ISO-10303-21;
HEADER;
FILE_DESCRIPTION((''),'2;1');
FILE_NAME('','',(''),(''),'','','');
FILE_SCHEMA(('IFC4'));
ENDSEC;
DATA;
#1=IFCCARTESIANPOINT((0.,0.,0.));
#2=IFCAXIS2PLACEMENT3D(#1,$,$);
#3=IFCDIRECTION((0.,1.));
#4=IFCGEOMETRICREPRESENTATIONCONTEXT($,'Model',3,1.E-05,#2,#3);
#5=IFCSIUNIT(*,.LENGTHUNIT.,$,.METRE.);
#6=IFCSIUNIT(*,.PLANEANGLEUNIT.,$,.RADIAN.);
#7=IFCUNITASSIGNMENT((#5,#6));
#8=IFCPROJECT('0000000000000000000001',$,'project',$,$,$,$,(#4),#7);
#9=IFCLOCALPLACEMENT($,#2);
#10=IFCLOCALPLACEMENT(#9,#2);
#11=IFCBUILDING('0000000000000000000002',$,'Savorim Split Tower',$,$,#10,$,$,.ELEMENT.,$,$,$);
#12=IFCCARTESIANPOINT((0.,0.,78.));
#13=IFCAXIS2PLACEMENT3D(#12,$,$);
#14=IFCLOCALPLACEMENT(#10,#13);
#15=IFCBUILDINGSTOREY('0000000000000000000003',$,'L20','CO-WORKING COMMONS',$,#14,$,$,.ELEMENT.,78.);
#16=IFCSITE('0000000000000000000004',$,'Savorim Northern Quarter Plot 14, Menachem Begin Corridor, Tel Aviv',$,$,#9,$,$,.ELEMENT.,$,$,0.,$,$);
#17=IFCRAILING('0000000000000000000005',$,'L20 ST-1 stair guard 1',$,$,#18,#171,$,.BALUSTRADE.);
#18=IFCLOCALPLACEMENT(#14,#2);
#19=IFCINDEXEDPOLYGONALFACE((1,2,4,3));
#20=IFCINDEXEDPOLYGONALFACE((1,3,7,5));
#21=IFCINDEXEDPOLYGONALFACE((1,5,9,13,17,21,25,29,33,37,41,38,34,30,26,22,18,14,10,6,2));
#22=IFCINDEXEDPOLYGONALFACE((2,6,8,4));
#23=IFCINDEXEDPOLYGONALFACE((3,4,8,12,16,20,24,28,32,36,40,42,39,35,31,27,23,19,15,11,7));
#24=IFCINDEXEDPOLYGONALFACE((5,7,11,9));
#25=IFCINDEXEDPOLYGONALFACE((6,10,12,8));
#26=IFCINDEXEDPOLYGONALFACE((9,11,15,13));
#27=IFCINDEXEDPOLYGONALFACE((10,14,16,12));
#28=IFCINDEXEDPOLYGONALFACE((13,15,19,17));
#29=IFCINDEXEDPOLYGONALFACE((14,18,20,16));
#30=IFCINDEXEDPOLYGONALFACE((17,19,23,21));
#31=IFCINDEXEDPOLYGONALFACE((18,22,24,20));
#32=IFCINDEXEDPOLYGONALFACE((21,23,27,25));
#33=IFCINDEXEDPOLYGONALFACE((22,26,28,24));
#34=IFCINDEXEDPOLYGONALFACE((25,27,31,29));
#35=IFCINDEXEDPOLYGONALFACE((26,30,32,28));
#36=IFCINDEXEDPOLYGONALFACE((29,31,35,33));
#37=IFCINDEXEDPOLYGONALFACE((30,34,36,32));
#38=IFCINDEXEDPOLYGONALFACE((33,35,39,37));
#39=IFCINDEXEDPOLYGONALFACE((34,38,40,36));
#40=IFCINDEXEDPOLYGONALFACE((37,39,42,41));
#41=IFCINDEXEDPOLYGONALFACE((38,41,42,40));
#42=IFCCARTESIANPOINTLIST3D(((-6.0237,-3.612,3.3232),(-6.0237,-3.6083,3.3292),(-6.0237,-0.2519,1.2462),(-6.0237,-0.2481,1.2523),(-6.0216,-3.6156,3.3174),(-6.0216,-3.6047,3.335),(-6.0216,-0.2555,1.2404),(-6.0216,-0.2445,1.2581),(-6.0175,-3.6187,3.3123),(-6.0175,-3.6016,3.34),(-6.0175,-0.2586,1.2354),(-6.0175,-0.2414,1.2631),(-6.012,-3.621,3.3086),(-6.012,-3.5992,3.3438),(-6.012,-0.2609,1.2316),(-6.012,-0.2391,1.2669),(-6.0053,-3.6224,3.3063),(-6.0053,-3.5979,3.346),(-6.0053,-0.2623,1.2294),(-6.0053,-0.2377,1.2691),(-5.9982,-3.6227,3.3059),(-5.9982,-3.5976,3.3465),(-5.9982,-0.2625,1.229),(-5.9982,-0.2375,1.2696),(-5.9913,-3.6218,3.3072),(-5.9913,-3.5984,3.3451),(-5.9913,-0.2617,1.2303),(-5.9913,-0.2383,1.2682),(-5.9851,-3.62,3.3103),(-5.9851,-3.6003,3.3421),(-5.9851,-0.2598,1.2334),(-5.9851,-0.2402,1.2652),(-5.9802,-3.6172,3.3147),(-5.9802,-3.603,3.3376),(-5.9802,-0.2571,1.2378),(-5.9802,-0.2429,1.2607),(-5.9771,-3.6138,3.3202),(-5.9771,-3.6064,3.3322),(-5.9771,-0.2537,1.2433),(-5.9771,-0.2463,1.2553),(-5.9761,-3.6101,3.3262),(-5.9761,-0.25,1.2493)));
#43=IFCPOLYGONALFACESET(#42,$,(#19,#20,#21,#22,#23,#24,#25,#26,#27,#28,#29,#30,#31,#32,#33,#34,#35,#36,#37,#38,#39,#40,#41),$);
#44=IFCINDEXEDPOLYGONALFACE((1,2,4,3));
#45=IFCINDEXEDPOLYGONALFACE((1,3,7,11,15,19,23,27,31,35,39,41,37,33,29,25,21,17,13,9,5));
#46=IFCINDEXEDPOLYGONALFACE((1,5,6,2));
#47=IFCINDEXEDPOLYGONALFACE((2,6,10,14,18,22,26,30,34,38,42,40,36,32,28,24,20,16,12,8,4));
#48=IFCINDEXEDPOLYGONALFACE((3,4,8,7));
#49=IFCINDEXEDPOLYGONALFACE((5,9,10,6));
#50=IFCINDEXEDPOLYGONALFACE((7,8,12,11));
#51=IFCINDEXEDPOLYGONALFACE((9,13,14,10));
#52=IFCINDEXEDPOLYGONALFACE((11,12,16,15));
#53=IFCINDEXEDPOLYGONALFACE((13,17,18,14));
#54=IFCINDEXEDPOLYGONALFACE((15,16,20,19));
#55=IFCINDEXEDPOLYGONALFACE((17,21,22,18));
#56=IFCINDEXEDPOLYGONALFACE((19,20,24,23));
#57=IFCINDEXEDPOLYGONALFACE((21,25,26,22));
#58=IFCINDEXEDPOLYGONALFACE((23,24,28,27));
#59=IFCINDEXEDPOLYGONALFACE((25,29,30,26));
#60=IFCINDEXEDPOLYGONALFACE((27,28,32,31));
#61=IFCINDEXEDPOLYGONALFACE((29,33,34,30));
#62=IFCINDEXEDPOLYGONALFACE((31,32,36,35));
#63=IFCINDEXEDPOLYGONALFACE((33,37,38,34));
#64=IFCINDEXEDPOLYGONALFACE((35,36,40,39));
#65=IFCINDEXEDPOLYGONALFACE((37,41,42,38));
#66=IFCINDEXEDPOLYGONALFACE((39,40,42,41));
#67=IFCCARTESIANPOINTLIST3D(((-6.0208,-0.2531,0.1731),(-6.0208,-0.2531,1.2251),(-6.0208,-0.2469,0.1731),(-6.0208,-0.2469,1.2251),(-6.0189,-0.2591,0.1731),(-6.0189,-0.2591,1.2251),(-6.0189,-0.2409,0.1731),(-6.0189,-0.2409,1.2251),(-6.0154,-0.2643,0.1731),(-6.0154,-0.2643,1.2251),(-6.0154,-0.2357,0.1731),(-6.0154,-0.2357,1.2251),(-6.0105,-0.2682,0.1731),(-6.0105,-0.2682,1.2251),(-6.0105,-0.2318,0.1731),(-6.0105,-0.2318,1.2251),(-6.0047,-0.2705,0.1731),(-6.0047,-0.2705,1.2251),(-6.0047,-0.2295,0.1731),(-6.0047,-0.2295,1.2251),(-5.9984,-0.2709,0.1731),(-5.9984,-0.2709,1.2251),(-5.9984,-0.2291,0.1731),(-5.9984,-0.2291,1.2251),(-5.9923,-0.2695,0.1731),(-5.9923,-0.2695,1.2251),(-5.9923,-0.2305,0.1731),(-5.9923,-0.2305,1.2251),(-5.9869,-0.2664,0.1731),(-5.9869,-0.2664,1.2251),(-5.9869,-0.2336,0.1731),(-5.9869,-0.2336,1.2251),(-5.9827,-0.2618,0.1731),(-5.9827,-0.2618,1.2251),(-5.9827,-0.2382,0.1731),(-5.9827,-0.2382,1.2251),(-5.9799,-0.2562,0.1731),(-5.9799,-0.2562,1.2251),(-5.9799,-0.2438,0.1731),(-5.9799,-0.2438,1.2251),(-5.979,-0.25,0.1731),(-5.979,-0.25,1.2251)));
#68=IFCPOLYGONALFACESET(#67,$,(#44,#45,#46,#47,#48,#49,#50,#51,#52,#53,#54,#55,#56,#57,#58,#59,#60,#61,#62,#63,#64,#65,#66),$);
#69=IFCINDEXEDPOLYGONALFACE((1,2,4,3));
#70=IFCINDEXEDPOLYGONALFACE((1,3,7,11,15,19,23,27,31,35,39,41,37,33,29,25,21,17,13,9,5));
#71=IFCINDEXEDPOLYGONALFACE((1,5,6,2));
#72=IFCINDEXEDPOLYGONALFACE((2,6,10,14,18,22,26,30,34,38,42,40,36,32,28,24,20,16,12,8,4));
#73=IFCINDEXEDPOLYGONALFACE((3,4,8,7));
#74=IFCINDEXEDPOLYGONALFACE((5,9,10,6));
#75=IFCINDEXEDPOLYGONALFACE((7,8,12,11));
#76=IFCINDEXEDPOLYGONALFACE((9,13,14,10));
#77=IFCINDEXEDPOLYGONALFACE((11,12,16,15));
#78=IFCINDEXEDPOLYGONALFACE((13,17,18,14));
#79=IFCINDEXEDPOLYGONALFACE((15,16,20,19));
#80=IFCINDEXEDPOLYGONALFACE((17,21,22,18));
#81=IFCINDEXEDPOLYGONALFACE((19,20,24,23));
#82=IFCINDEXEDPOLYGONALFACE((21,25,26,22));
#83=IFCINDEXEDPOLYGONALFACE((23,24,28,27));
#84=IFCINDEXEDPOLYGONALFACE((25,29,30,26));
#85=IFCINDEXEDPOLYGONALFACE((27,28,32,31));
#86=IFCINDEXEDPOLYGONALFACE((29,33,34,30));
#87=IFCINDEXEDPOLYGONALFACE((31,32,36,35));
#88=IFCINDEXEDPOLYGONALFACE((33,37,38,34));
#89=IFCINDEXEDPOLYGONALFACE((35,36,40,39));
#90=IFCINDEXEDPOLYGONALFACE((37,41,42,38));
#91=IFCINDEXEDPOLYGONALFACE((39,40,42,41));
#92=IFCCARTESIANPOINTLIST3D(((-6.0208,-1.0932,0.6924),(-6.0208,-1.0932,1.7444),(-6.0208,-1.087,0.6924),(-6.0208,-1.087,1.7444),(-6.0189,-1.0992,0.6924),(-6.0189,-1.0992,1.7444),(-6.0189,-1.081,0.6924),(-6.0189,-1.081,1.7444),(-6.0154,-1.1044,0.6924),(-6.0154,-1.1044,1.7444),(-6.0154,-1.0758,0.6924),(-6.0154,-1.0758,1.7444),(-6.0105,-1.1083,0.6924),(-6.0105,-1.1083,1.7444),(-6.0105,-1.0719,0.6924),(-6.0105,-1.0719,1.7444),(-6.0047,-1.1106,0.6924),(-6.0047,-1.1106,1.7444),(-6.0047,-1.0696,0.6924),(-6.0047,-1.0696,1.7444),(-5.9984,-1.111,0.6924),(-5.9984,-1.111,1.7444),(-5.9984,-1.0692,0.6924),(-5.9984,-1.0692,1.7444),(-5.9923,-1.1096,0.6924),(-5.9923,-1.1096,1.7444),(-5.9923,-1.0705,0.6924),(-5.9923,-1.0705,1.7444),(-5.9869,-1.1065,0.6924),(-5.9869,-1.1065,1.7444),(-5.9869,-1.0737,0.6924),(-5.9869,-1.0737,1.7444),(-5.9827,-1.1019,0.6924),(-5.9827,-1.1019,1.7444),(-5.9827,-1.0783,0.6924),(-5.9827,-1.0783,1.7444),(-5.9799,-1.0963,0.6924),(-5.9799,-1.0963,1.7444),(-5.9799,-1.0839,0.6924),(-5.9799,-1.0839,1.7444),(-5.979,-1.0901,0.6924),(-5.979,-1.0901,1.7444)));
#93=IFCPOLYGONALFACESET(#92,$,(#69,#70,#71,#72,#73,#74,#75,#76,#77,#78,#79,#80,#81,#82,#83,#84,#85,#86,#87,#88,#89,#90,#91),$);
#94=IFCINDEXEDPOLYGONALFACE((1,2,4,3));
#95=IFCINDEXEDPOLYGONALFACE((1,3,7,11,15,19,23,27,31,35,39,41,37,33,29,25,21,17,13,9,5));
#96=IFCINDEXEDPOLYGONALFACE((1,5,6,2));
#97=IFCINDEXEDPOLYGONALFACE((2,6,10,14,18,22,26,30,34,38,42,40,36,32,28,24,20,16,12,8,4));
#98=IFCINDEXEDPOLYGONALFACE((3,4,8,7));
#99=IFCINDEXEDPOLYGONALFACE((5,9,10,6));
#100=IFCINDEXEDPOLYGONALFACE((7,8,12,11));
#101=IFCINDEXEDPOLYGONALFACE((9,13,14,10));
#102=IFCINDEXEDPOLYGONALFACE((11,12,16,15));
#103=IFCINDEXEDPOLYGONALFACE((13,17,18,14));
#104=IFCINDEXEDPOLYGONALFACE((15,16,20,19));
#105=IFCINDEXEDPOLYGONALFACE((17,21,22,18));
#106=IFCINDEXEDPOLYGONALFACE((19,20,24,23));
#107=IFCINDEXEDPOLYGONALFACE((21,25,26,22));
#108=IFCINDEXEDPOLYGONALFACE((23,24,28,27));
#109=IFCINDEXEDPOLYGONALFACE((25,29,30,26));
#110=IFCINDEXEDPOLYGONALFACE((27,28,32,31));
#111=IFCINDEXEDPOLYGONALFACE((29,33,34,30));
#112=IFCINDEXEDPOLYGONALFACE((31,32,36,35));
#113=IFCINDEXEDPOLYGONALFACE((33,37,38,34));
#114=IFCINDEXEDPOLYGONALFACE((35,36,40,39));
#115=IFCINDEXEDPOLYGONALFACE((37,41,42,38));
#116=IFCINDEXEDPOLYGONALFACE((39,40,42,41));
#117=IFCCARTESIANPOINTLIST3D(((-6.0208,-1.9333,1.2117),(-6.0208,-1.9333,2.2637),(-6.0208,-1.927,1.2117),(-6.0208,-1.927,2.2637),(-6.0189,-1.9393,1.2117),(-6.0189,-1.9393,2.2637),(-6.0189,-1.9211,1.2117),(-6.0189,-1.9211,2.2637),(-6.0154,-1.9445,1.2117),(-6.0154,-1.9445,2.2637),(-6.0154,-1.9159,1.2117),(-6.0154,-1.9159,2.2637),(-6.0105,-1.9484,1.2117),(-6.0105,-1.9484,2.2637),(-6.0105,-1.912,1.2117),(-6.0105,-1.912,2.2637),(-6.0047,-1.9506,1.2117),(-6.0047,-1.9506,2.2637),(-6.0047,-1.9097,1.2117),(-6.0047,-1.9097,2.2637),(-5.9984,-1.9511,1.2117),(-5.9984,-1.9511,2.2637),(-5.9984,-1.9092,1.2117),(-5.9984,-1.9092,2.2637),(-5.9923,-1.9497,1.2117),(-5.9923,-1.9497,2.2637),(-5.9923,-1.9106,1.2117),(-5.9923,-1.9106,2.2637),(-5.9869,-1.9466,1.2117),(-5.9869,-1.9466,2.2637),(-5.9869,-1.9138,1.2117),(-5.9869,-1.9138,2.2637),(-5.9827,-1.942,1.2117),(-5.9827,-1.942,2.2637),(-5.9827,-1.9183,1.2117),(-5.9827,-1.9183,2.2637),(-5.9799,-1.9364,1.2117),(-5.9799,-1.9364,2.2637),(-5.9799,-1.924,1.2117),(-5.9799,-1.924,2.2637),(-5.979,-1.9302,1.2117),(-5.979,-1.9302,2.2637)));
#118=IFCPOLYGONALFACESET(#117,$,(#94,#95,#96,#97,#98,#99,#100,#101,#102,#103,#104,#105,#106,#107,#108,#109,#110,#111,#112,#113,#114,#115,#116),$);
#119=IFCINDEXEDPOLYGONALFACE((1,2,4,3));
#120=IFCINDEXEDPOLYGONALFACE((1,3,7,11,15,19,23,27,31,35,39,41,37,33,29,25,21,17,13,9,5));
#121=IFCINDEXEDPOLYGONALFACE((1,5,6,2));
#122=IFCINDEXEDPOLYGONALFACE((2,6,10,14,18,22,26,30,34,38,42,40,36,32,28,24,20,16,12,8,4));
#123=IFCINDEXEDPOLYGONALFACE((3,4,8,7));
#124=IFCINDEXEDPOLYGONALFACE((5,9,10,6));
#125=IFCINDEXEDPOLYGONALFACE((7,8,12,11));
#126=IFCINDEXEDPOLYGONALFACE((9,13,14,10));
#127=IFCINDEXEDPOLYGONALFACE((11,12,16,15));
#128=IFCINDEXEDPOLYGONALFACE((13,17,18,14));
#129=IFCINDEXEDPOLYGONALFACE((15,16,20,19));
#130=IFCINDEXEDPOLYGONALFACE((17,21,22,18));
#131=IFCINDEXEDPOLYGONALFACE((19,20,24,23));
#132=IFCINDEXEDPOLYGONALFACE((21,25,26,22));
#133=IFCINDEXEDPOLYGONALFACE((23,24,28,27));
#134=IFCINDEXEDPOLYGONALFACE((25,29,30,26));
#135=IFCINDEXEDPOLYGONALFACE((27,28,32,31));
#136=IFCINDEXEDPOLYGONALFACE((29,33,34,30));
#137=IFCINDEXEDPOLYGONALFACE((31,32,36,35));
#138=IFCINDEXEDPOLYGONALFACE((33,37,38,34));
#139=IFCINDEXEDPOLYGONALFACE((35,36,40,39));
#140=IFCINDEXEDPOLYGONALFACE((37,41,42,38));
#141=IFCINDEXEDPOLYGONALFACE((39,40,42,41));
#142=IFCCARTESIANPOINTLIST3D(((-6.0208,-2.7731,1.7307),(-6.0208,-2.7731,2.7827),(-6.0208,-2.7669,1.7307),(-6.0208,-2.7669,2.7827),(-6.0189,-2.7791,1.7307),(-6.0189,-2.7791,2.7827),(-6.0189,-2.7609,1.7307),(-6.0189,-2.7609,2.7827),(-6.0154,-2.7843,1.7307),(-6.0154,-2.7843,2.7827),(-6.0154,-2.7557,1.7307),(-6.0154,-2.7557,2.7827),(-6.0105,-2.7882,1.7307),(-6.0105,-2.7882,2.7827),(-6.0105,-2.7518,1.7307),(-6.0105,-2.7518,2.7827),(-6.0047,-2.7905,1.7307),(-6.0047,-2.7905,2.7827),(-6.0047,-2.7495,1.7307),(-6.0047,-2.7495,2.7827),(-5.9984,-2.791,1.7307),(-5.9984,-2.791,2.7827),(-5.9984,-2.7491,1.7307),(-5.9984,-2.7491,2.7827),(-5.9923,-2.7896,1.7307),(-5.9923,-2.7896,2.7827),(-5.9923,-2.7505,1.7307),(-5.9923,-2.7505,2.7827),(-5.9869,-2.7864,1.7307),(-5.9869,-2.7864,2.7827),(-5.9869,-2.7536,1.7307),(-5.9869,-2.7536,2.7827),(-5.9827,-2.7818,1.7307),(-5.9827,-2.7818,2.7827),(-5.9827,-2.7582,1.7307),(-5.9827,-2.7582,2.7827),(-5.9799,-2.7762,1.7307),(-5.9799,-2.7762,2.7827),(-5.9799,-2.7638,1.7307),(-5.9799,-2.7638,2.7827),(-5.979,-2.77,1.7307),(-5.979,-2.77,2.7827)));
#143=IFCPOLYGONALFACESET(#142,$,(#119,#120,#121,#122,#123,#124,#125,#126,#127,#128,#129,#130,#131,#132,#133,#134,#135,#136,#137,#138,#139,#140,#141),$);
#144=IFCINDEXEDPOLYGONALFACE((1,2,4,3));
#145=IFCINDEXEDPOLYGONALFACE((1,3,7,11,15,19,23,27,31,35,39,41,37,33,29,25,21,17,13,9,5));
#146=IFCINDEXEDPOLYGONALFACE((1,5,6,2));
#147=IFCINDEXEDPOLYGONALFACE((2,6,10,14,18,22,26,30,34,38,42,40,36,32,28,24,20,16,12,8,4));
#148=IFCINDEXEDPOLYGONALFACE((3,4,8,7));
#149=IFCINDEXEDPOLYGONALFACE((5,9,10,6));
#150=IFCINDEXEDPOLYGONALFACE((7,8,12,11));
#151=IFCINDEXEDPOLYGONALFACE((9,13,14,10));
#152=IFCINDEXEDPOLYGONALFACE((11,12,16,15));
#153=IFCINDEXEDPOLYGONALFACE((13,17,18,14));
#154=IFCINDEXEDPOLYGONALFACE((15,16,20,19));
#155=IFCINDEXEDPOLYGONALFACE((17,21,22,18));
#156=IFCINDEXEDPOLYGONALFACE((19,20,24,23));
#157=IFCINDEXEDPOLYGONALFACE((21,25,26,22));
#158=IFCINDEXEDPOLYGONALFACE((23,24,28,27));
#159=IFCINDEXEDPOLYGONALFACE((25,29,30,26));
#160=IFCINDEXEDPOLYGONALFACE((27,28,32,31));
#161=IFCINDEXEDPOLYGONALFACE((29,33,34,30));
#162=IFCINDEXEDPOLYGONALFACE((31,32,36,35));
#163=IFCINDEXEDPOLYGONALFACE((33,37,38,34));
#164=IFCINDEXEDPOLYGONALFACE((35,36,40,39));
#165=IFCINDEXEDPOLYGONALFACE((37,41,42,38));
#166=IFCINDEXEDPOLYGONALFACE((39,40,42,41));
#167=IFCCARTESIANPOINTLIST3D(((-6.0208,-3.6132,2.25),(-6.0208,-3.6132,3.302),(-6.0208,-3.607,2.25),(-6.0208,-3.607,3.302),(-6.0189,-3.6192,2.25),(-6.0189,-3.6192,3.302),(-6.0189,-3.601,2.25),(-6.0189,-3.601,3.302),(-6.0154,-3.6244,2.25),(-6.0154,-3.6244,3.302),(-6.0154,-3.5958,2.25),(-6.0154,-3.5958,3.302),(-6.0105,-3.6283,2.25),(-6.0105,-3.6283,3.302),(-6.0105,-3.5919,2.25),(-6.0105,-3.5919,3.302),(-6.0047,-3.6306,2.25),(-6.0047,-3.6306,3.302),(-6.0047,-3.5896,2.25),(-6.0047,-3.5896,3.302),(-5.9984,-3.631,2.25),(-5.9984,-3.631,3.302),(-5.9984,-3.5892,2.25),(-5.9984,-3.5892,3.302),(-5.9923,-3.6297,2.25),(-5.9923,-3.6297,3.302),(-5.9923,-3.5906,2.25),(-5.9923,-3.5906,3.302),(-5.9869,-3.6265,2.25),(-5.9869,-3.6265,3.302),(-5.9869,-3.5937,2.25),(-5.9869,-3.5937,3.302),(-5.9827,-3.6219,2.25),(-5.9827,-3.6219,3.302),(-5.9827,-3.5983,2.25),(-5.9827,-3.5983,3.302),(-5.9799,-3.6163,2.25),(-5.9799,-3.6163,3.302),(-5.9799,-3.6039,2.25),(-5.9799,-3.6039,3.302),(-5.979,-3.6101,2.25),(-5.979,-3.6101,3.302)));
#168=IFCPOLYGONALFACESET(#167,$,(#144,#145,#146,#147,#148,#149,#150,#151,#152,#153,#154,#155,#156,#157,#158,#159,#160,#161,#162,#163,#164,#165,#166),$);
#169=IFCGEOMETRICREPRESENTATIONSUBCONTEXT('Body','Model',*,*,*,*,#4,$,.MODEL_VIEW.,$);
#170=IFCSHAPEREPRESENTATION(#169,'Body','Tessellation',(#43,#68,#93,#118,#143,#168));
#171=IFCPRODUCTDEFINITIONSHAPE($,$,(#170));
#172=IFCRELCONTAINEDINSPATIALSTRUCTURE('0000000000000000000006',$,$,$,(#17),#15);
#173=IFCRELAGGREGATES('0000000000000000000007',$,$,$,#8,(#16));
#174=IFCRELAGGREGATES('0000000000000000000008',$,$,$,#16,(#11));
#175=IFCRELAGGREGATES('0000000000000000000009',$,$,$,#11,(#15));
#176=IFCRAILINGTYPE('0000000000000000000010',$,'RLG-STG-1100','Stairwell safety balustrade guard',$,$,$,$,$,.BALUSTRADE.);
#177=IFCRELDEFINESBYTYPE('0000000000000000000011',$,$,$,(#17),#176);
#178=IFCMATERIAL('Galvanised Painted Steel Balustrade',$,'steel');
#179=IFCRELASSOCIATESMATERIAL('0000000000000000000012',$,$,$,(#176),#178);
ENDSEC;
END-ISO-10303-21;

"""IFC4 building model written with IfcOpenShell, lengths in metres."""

from ifc_helpers import new_model, si_unit, direction, frame, origin, origin_2d, place, context, subcontext, project, spatial, circle, extrude, material, type_object, element, save


model = new_model("IFC4")

# Units and contexts
model_context = context("Model", 3, precision=1e-05, world=origin(), true_north=direction((0.0, 1.0)))
body_context = subcontext(model_context, "Body", "Model", "MODEL_VIEW")
ifc_project = project(units=[si_unit("LENGTHUNIT", "METRE"), si_unit("PLANEANGLEUNIT", "RADIAN")], contexts=[model_context])

# Site, building, storey
site_placement = place(None, origin())
site = spatial("IfcSite", under=ifc_project, at=site_placement, Name="Savorim Northern Quarter Plot 14, Menachem Begin Corridor, Tel Aviv", CompositionType="ELEMENT", RefElevation=0.0)
building_placement = place(site_placement, origin())
building = spatial("IfcBuilding", under=site, at=building_placement, Name="Savorim Split Tower", CompositionType="ELEMENT")
storey_placement = place(building_placement, frame((0.0, 0.0, 78.0)))
storey = spatial("IfcBuildingStorey", under=building, at=storey_placement, Name="L20", Description="CO-WORKING COMMONS", CompositionType="ELEMENT", Elevation=78.0)

# Railing
ifc_material_1 = material(Name="Galvanised Painted Steel Balustrade", Category="steel")
railing_type_1 = type_object("IfcRailingType", Name="RLG-STG-1100", Description="Stairwell safety balustrade guard", PredefinedType="BALUSTRADE", material=ifc_material_1)
railing_1_placement = place(storey_placement, frame((-6.0, -0.25, 0.1731)))
element("IfcRailing", 1, at=railing_1_placement, inside=storey, type_object=railing_type_1, Name="L20 ST-1 stair guard 1", PredefinedType="BALUSTRADE", context=body_context, shape_type="SweptSolid", body=[
    extrude(circle(Radius=0.0239, at=origin_2d()), frame((0.0, 0.0, 1.0762), z_axis=(0.0, -0.850623, 0.525776), x_axis=(1.0, 0.0, 0.0)), (0.0, 0.0, 1.0), 3.9502),
    extrude(circle(Radius=0.021, at=origin_2d()), origin(), (0.0, 0.0, 1.0), 1.052),
    extrude(circle(Radius=0.021, at=origin_2d()), frame((0.0, -0.8401, 0.5193)), (0.0, 0.0, 1.0), 1.052),
    extrude(circle(Radius=0.021, at=origin_2d()), frame((0.0, -1.6802, 1.0386)), (0.0, 0.0, 1.0), 1.052),
    extrude(circle(Radius=0.021, at=origin_2d()), frame((0.0, -2.52, 1.5576)), (0.0, 0.0, 1.0), 1.052),
    extrude(circle(Radius=0.021, at=origin_2d()), frame((0.0, -3.3601, 2.0769)), (0.0, 0.0, 1.0), 1.052),
])

save(model, "model.ifc")
